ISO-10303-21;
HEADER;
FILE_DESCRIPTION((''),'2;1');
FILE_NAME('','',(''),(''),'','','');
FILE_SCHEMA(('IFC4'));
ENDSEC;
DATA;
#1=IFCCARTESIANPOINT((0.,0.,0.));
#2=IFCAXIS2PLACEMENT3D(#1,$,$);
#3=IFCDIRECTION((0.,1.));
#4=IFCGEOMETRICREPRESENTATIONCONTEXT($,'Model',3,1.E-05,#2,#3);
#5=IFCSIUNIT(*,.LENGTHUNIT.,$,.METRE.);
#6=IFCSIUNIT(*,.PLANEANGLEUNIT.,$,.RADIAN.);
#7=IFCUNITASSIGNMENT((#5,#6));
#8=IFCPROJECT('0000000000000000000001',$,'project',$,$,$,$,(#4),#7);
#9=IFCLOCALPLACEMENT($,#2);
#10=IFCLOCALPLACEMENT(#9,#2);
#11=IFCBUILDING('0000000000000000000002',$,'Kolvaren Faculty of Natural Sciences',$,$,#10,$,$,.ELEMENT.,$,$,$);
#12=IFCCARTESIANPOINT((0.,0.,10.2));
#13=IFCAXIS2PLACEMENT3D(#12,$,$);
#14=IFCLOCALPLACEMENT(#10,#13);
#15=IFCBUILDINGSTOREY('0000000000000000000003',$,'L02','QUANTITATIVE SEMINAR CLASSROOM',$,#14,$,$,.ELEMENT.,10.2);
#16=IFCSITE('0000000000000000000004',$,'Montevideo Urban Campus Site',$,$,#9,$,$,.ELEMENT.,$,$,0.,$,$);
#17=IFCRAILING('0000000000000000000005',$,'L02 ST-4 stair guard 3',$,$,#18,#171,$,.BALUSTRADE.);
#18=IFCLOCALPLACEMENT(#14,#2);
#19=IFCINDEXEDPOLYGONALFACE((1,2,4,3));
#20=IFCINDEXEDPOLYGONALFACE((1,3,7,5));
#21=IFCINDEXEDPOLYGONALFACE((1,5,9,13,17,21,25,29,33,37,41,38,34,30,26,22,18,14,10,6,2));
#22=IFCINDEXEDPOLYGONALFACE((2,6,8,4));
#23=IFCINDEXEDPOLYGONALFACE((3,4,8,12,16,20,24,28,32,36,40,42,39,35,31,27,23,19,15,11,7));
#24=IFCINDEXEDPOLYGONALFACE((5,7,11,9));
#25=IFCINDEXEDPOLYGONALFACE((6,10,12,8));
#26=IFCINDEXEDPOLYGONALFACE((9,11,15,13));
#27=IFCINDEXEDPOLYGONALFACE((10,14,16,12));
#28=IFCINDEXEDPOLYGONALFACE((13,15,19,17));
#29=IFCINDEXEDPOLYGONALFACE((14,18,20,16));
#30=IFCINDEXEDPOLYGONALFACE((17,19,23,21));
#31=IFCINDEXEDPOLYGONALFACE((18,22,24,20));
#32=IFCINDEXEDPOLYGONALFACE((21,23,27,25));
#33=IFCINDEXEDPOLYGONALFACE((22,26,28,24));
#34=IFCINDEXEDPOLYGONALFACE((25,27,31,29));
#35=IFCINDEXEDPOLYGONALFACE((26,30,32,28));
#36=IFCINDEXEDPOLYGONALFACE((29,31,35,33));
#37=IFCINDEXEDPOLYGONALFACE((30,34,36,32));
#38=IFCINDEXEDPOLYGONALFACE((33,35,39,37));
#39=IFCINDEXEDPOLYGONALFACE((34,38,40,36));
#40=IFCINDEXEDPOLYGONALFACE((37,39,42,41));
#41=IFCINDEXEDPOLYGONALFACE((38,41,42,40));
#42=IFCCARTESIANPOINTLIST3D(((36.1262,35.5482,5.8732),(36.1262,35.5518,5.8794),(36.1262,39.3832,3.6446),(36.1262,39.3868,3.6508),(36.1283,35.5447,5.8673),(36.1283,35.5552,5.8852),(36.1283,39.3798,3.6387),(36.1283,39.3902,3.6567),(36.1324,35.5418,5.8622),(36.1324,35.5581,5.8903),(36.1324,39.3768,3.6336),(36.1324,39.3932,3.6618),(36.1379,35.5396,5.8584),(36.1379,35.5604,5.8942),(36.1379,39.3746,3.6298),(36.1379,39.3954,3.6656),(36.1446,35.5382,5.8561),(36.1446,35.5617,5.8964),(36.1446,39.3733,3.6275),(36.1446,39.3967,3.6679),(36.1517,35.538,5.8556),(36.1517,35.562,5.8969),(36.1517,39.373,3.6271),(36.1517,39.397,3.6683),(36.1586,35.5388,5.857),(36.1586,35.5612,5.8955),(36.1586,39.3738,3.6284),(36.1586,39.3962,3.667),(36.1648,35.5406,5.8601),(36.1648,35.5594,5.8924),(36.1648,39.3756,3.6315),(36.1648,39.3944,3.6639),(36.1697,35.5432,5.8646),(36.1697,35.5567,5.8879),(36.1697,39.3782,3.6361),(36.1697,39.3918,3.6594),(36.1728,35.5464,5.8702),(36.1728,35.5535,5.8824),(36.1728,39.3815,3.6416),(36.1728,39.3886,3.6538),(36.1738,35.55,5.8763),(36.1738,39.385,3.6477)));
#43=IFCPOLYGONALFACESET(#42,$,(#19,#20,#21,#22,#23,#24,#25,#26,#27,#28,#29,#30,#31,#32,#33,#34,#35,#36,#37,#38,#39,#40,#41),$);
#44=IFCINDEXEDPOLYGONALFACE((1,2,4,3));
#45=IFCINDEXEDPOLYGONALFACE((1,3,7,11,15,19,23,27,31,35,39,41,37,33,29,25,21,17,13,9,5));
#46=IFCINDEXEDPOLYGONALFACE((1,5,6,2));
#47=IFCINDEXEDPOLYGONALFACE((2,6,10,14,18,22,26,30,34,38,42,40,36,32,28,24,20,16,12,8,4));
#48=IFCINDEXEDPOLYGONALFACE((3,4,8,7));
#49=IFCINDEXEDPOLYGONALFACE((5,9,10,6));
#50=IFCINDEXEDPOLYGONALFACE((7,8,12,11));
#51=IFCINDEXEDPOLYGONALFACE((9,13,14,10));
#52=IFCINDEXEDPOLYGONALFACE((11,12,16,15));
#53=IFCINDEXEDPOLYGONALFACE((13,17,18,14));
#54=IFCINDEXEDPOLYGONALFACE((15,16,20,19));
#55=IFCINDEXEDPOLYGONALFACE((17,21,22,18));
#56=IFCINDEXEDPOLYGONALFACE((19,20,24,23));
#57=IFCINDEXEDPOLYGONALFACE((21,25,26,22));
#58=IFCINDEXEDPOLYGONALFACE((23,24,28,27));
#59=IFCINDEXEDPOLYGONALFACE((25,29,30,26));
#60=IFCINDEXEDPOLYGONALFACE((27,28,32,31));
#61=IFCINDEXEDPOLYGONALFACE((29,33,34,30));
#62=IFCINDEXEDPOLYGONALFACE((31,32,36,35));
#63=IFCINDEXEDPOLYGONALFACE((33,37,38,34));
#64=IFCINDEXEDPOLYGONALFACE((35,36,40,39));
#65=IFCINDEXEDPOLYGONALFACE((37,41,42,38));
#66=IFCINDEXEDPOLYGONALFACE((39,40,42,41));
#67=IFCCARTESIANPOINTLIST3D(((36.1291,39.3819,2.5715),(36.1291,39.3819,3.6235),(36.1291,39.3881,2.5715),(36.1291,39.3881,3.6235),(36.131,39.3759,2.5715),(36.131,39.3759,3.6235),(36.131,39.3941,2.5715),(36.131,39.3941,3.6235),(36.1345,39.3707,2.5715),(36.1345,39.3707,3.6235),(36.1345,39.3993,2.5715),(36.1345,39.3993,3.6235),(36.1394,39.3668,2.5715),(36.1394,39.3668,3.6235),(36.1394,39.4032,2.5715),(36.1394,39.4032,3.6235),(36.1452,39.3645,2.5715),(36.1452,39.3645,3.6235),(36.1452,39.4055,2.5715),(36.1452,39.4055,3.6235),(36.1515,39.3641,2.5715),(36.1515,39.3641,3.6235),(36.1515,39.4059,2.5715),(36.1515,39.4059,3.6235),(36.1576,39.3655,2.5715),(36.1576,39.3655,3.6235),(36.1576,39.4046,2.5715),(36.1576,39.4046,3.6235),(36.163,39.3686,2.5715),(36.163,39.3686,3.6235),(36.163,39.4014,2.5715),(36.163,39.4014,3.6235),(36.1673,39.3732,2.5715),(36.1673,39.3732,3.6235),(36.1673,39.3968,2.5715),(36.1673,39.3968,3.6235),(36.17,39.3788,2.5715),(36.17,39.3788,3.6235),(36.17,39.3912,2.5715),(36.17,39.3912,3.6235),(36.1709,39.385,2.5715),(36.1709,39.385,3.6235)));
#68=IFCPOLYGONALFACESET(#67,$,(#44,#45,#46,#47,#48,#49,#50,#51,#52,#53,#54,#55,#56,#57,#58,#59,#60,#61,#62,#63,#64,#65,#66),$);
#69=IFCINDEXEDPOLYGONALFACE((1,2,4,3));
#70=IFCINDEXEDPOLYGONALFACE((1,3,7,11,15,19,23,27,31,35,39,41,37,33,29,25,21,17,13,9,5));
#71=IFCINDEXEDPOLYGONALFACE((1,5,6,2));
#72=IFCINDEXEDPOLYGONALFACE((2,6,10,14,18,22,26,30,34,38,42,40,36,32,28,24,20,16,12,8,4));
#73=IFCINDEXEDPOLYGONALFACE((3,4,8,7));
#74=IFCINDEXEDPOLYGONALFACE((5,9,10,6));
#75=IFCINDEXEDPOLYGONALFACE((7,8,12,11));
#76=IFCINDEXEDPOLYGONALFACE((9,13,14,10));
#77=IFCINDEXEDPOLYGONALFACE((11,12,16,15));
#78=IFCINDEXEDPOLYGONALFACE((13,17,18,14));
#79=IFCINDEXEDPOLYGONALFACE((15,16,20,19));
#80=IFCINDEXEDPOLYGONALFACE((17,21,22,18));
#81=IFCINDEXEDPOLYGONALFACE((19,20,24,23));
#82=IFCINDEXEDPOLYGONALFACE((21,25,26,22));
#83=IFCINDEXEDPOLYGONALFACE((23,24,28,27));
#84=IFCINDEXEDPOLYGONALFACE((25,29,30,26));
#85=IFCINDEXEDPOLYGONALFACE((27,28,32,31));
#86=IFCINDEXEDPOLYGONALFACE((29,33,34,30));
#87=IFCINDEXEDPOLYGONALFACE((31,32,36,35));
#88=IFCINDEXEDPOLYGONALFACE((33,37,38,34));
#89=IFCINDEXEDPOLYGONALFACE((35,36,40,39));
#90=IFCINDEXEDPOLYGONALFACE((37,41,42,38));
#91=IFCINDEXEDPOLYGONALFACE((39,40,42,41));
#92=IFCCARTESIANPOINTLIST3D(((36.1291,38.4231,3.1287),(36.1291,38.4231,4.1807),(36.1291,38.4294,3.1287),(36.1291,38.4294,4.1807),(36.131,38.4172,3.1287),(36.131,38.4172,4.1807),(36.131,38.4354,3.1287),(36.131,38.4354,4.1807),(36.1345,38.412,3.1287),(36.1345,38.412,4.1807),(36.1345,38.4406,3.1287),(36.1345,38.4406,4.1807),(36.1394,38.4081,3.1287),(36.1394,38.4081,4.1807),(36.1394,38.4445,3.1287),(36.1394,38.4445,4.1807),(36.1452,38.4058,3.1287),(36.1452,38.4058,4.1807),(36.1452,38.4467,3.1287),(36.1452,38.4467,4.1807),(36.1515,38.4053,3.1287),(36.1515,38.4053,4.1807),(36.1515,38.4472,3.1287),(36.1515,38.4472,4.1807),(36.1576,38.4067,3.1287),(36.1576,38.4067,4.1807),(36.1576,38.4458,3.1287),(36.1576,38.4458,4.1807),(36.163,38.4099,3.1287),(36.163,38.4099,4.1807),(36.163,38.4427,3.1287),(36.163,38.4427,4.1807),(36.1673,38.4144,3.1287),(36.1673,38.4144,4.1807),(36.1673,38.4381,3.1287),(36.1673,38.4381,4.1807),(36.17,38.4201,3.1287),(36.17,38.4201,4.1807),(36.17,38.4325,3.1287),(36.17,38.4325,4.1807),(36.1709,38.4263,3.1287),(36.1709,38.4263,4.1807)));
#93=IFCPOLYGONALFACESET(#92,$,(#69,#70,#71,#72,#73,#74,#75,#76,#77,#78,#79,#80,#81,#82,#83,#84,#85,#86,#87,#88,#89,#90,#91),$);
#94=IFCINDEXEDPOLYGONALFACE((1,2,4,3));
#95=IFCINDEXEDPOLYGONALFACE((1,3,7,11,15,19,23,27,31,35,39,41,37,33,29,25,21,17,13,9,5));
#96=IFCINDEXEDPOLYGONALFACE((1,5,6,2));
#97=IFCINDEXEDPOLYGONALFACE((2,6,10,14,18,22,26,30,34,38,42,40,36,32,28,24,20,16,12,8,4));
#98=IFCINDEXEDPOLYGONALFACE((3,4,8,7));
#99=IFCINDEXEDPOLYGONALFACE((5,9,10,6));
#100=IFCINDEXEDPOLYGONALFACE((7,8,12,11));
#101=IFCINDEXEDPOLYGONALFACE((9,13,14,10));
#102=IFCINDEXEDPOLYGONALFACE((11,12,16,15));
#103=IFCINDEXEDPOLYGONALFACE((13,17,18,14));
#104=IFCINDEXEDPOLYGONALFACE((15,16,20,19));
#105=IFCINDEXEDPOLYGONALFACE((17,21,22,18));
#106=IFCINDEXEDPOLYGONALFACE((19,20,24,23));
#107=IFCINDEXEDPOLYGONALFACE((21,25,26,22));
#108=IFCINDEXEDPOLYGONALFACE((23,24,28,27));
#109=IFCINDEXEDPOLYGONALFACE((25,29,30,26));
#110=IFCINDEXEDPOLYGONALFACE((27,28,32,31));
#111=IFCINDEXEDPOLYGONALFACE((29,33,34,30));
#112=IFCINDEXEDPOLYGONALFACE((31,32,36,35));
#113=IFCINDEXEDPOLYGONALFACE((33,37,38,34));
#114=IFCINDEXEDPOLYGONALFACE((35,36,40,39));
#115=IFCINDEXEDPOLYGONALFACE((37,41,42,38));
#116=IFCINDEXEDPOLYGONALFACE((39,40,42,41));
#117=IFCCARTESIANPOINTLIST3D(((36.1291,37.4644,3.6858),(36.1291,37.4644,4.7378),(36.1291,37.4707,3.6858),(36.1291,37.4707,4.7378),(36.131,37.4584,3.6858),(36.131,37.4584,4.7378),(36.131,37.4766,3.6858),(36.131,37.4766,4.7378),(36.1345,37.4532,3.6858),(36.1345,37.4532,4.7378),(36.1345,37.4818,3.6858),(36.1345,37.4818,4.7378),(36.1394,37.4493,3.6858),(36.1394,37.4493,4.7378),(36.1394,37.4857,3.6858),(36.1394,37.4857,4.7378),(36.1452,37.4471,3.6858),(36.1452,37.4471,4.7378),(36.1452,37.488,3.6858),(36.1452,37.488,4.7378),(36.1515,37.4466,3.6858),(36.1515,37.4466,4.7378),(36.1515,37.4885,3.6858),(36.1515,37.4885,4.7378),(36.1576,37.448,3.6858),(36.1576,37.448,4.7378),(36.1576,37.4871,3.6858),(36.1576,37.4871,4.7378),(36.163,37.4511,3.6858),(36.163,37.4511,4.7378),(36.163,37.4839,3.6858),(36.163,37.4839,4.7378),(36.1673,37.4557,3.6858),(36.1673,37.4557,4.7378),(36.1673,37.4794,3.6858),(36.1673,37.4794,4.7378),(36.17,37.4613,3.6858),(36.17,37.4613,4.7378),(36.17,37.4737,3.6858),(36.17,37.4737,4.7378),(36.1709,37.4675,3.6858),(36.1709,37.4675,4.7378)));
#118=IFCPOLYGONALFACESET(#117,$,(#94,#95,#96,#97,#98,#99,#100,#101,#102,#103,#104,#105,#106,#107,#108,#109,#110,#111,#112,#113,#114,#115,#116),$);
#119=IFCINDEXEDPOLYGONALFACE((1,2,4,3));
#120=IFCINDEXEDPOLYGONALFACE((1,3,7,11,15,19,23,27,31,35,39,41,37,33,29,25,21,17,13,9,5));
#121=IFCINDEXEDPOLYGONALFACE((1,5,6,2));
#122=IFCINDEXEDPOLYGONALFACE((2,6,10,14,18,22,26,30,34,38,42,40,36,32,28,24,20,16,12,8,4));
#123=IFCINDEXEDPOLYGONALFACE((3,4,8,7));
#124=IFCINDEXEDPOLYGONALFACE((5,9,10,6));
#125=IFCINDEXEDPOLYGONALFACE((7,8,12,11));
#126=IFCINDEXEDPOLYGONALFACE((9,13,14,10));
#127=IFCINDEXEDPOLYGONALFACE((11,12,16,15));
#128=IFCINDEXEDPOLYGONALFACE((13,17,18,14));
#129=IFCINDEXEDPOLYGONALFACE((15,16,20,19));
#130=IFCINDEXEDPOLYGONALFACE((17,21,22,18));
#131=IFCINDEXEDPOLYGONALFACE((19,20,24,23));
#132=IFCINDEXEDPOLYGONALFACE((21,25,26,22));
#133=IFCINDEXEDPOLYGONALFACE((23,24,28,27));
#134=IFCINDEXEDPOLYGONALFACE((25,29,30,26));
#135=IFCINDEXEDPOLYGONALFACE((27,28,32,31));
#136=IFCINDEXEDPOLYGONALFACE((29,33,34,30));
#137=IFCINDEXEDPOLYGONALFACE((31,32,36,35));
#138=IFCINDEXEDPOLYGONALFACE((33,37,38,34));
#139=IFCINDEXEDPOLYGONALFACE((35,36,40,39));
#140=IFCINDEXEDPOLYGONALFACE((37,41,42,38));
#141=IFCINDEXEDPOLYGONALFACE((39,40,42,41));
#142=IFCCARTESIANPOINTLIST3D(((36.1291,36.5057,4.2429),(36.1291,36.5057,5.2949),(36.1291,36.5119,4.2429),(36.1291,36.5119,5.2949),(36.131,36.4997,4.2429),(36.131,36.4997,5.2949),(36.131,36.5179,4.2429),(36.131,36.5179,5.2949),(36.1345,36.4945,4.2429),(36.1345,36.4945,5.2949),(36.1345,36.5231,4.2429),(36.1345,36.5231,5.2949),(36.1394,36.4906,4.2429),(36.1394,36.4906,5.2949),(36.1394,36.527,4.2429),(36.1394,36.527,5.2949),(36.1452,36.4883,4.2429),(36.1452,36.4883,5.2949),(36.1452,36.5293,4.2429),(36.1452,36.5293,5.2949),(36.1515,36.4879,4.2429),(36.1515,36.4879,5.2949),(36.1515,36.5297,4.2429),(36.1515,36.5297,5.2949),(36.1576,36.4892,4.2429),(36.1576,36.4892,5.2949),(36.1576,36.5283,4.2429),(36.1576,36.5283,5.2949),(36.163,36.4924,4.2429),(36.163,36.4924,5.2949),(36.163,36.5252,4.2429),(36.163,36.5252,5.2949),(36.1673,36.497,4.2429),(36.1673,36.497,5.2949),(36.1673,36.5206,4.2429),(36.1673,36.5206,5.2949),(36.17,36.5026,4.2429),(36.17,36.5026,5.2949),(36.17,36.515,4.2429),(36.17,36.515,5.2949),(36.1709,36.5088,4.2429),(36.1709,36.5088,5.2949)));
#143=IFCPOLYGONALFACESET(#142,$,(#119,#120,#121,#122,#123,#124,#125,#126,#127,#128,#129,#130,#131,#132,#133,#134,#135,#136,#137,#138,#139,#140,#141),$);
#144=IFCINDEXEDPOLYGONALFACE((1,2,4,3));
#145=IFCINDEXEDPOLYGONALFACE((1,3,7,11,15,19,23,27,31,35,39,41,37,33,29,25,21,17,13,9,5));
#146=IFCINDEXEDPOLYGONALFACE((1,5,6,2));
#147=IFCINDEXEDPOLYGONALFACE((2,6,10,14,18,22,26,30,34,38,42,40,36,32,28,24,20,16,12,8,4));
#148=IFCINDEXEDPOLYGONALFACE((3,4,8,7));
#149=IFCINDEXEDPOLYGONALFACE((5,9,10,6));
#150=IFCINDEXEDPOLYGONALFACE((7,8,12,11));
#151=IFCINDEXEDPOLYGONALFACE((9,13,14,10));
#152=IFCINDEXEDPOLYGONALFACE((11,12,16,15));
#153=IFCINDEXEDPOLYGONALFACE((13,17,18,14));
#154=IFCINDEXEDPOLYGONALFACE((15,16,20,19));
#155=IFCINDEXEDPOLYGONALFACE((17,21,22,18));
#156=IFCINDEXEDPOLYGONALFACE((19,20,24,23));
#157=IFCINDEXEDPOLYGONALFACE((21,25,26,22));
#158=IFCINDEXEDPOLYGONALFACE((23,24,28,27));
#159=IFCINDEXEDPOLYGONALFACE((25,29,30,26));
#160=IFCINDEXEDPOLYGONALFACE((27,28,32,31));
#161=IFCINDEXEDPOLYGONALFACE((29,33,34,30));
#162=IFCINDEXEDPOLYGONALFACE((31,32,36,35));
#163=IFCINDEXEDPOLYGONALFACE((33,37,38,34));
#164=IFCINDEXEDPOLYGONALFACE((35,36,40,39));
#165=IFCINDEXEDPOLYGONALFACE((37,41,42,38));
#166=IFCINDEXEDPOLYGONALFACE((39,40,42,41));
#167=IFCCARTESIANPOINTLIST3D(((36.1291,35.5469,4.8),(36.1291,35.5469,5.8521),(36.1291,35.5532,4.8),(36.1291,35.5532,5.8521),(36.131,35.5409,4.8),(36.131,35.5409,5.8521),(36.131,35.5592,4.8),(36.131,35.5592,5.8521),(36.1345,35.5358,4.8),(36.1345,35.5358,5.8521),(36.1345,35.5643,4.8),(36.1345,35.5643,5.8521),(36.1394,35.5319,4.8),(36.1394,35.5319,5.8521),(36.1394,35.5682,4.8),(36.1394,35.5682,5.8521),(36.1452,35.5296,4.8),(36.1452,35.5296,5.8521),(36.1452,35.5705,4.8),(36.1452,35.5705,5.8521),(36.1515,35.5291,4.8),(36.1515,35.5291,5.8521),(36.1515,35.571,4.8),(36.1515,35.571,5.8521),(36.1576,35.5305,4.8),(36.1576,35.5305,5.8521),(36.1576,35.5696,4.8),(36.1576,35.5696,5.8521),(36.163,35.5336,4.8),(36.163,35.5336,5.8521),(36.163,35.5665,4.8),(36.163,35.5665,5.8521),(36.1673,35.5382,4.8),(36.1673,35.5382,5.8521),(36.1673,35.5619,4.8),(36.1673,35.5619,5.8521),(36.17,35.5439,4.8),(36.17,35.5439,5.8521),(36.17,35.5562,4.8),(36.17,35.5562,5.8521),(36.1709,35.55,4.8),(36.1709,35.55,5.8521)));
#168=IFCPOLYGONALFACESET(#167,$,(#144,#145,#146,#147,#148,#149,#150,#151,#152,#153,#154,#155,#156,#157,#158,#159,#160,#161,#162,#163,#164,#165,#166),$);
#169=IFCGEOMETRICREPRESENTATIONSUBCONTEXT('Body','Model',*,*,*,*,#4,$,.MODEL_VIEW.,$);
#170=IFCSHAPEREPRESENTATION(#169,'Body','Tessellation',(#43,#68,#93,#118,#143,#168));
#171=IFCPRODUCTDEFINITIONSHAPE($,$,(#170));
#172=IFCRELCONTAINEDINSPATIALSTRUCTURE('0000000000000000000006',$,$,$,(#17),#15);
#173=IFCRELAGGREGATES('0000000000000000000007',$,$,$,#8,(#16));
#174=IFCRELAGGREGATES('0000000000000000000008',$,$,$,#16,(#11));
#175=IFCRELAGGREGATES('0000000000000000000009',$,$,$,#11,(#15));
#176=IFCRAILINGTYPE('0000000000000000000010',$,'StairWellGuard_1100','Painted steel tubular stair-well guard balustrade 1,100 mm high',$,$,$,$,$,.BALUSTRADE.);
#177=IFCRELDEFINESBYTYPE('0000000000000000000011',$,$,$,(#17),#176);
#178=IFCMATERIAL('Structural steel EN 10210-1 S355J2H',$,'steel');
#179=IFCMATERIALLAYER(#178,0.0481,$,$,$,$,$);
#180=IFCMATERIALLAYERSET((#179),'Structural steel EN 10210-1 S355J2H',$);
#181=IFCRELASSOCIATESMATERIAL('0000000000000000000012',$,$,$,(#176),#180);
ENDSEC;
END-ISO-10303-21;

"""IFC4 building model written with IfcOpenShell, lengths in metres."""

from ifc_helpers import new_model, si_unit, direction, frame, origin, origin_2d, place, context, subcontext, project, spatial, circle, extrude, material, layer, layer_set, type_object, element, save


model = new_model("IFC4")

# Units and contexts
model_context = context("Model", 3, precision=1e-05, world=origin(), true_north=direction((0.0, 1.0)))
body_context = subcontext(model_context, "Body", "Model", "MODEL_VIEW")
ifc_project = project(units=[si_unit("LENGTHUNIT", "METRE"), si_unit("PLANEANGLEUNIT", "RADIAN")], contexts=[model_context])

# Site, building, storey
site_placement = place(None, origin())
site = spatial("IfcSite", under=ifc_project, at=site_placement, Name="Montevideo Urban Campus Site", CompositionType="ELEMENT", RefElevation=0.0)
building_placement = place(site_placement, origin())
building = spatial("IfcBuilding", under=site, at=building_placement, Name="Kolvaren Faculty of Natural Sciences", CompositionType="ELEMENT")
storey_placement = place(building_placement, frame((0.0, 0.0, 10.2)))
storey = spatial("IfcBuildingStorey", under=building, at=storey_placement, Name="L02", Description="QUANTITATIVE SEMINAR CLASSROOM", CompositionType="ELEMENT", Elevation=10.2)

# Railing
ifc_material_1 = material(Name="Structural steel EN 10210-1 S355J2H", Category="steel")
ifc_layer_1 = layer(ifc_material_1, 0.0481)
ifc_layer_set_1 = layer_set([ifc_layer_1], Name="Structural steel EN 10210-1 S355J2H")
railing_type_1 = type_object("IfcRailingType", Name="StairWellGuard_1100", Description="Painted steel tubular stair-well guard balustrade 1,100 mm high", PredefinedType="BALUSTRADE", material=ifc_layer_set_1)
railing_1_placement = place(storey_placement, frame((36.1499, 39.385, 2.5715)))
element("IfcRailing", 1, at=railing_1_placement, inside=storey, type_object=railing_type_1, Name="L02 ST-4 stair guard 3", PredefinedType="BALUSTRADE", context=body_context, shape_type="SweptSolid", body=[
    extrude(circle(Radius=0.0239, at=origin_2d()), frame((0.0, 0.0, 1.0762), z_axis=(0.0, -0.864616, 0.502433), x_axis=(1.0, 0.0, 0.0)), (0.0, 0.0, 1.0), 4.4355),
    extrude(circle(Radius=0.021, at=origin_2d()), origin(), (0.0, 0.0, 1.0), 1.052),
    extrude(circle(Radius=0.021, at=origin_2d()), frame((0.0, -0.9587, 0.5571)), (0.0, 0.0, 1.0), 1.052),
    extrude(circle(Radius=0.021, at=origin_2d()), frame((0.0, -1.9175, 1.1143)), (0.0, 0.0, 1.0), 1.052),
    extrude(circle(Radius=0.021, at=origin_2d()), frame((0.0, -2.8762, 1.6714)), (0.0, 0.0, 1.0), 1.052),
    extrude(circle(Radius=0.021, at=origin_2d()), frame((0.0, -3.835, 2.2285)), (0.0, 0.0, 1.0), 1.052),
])

save(model, "model.ifc")
